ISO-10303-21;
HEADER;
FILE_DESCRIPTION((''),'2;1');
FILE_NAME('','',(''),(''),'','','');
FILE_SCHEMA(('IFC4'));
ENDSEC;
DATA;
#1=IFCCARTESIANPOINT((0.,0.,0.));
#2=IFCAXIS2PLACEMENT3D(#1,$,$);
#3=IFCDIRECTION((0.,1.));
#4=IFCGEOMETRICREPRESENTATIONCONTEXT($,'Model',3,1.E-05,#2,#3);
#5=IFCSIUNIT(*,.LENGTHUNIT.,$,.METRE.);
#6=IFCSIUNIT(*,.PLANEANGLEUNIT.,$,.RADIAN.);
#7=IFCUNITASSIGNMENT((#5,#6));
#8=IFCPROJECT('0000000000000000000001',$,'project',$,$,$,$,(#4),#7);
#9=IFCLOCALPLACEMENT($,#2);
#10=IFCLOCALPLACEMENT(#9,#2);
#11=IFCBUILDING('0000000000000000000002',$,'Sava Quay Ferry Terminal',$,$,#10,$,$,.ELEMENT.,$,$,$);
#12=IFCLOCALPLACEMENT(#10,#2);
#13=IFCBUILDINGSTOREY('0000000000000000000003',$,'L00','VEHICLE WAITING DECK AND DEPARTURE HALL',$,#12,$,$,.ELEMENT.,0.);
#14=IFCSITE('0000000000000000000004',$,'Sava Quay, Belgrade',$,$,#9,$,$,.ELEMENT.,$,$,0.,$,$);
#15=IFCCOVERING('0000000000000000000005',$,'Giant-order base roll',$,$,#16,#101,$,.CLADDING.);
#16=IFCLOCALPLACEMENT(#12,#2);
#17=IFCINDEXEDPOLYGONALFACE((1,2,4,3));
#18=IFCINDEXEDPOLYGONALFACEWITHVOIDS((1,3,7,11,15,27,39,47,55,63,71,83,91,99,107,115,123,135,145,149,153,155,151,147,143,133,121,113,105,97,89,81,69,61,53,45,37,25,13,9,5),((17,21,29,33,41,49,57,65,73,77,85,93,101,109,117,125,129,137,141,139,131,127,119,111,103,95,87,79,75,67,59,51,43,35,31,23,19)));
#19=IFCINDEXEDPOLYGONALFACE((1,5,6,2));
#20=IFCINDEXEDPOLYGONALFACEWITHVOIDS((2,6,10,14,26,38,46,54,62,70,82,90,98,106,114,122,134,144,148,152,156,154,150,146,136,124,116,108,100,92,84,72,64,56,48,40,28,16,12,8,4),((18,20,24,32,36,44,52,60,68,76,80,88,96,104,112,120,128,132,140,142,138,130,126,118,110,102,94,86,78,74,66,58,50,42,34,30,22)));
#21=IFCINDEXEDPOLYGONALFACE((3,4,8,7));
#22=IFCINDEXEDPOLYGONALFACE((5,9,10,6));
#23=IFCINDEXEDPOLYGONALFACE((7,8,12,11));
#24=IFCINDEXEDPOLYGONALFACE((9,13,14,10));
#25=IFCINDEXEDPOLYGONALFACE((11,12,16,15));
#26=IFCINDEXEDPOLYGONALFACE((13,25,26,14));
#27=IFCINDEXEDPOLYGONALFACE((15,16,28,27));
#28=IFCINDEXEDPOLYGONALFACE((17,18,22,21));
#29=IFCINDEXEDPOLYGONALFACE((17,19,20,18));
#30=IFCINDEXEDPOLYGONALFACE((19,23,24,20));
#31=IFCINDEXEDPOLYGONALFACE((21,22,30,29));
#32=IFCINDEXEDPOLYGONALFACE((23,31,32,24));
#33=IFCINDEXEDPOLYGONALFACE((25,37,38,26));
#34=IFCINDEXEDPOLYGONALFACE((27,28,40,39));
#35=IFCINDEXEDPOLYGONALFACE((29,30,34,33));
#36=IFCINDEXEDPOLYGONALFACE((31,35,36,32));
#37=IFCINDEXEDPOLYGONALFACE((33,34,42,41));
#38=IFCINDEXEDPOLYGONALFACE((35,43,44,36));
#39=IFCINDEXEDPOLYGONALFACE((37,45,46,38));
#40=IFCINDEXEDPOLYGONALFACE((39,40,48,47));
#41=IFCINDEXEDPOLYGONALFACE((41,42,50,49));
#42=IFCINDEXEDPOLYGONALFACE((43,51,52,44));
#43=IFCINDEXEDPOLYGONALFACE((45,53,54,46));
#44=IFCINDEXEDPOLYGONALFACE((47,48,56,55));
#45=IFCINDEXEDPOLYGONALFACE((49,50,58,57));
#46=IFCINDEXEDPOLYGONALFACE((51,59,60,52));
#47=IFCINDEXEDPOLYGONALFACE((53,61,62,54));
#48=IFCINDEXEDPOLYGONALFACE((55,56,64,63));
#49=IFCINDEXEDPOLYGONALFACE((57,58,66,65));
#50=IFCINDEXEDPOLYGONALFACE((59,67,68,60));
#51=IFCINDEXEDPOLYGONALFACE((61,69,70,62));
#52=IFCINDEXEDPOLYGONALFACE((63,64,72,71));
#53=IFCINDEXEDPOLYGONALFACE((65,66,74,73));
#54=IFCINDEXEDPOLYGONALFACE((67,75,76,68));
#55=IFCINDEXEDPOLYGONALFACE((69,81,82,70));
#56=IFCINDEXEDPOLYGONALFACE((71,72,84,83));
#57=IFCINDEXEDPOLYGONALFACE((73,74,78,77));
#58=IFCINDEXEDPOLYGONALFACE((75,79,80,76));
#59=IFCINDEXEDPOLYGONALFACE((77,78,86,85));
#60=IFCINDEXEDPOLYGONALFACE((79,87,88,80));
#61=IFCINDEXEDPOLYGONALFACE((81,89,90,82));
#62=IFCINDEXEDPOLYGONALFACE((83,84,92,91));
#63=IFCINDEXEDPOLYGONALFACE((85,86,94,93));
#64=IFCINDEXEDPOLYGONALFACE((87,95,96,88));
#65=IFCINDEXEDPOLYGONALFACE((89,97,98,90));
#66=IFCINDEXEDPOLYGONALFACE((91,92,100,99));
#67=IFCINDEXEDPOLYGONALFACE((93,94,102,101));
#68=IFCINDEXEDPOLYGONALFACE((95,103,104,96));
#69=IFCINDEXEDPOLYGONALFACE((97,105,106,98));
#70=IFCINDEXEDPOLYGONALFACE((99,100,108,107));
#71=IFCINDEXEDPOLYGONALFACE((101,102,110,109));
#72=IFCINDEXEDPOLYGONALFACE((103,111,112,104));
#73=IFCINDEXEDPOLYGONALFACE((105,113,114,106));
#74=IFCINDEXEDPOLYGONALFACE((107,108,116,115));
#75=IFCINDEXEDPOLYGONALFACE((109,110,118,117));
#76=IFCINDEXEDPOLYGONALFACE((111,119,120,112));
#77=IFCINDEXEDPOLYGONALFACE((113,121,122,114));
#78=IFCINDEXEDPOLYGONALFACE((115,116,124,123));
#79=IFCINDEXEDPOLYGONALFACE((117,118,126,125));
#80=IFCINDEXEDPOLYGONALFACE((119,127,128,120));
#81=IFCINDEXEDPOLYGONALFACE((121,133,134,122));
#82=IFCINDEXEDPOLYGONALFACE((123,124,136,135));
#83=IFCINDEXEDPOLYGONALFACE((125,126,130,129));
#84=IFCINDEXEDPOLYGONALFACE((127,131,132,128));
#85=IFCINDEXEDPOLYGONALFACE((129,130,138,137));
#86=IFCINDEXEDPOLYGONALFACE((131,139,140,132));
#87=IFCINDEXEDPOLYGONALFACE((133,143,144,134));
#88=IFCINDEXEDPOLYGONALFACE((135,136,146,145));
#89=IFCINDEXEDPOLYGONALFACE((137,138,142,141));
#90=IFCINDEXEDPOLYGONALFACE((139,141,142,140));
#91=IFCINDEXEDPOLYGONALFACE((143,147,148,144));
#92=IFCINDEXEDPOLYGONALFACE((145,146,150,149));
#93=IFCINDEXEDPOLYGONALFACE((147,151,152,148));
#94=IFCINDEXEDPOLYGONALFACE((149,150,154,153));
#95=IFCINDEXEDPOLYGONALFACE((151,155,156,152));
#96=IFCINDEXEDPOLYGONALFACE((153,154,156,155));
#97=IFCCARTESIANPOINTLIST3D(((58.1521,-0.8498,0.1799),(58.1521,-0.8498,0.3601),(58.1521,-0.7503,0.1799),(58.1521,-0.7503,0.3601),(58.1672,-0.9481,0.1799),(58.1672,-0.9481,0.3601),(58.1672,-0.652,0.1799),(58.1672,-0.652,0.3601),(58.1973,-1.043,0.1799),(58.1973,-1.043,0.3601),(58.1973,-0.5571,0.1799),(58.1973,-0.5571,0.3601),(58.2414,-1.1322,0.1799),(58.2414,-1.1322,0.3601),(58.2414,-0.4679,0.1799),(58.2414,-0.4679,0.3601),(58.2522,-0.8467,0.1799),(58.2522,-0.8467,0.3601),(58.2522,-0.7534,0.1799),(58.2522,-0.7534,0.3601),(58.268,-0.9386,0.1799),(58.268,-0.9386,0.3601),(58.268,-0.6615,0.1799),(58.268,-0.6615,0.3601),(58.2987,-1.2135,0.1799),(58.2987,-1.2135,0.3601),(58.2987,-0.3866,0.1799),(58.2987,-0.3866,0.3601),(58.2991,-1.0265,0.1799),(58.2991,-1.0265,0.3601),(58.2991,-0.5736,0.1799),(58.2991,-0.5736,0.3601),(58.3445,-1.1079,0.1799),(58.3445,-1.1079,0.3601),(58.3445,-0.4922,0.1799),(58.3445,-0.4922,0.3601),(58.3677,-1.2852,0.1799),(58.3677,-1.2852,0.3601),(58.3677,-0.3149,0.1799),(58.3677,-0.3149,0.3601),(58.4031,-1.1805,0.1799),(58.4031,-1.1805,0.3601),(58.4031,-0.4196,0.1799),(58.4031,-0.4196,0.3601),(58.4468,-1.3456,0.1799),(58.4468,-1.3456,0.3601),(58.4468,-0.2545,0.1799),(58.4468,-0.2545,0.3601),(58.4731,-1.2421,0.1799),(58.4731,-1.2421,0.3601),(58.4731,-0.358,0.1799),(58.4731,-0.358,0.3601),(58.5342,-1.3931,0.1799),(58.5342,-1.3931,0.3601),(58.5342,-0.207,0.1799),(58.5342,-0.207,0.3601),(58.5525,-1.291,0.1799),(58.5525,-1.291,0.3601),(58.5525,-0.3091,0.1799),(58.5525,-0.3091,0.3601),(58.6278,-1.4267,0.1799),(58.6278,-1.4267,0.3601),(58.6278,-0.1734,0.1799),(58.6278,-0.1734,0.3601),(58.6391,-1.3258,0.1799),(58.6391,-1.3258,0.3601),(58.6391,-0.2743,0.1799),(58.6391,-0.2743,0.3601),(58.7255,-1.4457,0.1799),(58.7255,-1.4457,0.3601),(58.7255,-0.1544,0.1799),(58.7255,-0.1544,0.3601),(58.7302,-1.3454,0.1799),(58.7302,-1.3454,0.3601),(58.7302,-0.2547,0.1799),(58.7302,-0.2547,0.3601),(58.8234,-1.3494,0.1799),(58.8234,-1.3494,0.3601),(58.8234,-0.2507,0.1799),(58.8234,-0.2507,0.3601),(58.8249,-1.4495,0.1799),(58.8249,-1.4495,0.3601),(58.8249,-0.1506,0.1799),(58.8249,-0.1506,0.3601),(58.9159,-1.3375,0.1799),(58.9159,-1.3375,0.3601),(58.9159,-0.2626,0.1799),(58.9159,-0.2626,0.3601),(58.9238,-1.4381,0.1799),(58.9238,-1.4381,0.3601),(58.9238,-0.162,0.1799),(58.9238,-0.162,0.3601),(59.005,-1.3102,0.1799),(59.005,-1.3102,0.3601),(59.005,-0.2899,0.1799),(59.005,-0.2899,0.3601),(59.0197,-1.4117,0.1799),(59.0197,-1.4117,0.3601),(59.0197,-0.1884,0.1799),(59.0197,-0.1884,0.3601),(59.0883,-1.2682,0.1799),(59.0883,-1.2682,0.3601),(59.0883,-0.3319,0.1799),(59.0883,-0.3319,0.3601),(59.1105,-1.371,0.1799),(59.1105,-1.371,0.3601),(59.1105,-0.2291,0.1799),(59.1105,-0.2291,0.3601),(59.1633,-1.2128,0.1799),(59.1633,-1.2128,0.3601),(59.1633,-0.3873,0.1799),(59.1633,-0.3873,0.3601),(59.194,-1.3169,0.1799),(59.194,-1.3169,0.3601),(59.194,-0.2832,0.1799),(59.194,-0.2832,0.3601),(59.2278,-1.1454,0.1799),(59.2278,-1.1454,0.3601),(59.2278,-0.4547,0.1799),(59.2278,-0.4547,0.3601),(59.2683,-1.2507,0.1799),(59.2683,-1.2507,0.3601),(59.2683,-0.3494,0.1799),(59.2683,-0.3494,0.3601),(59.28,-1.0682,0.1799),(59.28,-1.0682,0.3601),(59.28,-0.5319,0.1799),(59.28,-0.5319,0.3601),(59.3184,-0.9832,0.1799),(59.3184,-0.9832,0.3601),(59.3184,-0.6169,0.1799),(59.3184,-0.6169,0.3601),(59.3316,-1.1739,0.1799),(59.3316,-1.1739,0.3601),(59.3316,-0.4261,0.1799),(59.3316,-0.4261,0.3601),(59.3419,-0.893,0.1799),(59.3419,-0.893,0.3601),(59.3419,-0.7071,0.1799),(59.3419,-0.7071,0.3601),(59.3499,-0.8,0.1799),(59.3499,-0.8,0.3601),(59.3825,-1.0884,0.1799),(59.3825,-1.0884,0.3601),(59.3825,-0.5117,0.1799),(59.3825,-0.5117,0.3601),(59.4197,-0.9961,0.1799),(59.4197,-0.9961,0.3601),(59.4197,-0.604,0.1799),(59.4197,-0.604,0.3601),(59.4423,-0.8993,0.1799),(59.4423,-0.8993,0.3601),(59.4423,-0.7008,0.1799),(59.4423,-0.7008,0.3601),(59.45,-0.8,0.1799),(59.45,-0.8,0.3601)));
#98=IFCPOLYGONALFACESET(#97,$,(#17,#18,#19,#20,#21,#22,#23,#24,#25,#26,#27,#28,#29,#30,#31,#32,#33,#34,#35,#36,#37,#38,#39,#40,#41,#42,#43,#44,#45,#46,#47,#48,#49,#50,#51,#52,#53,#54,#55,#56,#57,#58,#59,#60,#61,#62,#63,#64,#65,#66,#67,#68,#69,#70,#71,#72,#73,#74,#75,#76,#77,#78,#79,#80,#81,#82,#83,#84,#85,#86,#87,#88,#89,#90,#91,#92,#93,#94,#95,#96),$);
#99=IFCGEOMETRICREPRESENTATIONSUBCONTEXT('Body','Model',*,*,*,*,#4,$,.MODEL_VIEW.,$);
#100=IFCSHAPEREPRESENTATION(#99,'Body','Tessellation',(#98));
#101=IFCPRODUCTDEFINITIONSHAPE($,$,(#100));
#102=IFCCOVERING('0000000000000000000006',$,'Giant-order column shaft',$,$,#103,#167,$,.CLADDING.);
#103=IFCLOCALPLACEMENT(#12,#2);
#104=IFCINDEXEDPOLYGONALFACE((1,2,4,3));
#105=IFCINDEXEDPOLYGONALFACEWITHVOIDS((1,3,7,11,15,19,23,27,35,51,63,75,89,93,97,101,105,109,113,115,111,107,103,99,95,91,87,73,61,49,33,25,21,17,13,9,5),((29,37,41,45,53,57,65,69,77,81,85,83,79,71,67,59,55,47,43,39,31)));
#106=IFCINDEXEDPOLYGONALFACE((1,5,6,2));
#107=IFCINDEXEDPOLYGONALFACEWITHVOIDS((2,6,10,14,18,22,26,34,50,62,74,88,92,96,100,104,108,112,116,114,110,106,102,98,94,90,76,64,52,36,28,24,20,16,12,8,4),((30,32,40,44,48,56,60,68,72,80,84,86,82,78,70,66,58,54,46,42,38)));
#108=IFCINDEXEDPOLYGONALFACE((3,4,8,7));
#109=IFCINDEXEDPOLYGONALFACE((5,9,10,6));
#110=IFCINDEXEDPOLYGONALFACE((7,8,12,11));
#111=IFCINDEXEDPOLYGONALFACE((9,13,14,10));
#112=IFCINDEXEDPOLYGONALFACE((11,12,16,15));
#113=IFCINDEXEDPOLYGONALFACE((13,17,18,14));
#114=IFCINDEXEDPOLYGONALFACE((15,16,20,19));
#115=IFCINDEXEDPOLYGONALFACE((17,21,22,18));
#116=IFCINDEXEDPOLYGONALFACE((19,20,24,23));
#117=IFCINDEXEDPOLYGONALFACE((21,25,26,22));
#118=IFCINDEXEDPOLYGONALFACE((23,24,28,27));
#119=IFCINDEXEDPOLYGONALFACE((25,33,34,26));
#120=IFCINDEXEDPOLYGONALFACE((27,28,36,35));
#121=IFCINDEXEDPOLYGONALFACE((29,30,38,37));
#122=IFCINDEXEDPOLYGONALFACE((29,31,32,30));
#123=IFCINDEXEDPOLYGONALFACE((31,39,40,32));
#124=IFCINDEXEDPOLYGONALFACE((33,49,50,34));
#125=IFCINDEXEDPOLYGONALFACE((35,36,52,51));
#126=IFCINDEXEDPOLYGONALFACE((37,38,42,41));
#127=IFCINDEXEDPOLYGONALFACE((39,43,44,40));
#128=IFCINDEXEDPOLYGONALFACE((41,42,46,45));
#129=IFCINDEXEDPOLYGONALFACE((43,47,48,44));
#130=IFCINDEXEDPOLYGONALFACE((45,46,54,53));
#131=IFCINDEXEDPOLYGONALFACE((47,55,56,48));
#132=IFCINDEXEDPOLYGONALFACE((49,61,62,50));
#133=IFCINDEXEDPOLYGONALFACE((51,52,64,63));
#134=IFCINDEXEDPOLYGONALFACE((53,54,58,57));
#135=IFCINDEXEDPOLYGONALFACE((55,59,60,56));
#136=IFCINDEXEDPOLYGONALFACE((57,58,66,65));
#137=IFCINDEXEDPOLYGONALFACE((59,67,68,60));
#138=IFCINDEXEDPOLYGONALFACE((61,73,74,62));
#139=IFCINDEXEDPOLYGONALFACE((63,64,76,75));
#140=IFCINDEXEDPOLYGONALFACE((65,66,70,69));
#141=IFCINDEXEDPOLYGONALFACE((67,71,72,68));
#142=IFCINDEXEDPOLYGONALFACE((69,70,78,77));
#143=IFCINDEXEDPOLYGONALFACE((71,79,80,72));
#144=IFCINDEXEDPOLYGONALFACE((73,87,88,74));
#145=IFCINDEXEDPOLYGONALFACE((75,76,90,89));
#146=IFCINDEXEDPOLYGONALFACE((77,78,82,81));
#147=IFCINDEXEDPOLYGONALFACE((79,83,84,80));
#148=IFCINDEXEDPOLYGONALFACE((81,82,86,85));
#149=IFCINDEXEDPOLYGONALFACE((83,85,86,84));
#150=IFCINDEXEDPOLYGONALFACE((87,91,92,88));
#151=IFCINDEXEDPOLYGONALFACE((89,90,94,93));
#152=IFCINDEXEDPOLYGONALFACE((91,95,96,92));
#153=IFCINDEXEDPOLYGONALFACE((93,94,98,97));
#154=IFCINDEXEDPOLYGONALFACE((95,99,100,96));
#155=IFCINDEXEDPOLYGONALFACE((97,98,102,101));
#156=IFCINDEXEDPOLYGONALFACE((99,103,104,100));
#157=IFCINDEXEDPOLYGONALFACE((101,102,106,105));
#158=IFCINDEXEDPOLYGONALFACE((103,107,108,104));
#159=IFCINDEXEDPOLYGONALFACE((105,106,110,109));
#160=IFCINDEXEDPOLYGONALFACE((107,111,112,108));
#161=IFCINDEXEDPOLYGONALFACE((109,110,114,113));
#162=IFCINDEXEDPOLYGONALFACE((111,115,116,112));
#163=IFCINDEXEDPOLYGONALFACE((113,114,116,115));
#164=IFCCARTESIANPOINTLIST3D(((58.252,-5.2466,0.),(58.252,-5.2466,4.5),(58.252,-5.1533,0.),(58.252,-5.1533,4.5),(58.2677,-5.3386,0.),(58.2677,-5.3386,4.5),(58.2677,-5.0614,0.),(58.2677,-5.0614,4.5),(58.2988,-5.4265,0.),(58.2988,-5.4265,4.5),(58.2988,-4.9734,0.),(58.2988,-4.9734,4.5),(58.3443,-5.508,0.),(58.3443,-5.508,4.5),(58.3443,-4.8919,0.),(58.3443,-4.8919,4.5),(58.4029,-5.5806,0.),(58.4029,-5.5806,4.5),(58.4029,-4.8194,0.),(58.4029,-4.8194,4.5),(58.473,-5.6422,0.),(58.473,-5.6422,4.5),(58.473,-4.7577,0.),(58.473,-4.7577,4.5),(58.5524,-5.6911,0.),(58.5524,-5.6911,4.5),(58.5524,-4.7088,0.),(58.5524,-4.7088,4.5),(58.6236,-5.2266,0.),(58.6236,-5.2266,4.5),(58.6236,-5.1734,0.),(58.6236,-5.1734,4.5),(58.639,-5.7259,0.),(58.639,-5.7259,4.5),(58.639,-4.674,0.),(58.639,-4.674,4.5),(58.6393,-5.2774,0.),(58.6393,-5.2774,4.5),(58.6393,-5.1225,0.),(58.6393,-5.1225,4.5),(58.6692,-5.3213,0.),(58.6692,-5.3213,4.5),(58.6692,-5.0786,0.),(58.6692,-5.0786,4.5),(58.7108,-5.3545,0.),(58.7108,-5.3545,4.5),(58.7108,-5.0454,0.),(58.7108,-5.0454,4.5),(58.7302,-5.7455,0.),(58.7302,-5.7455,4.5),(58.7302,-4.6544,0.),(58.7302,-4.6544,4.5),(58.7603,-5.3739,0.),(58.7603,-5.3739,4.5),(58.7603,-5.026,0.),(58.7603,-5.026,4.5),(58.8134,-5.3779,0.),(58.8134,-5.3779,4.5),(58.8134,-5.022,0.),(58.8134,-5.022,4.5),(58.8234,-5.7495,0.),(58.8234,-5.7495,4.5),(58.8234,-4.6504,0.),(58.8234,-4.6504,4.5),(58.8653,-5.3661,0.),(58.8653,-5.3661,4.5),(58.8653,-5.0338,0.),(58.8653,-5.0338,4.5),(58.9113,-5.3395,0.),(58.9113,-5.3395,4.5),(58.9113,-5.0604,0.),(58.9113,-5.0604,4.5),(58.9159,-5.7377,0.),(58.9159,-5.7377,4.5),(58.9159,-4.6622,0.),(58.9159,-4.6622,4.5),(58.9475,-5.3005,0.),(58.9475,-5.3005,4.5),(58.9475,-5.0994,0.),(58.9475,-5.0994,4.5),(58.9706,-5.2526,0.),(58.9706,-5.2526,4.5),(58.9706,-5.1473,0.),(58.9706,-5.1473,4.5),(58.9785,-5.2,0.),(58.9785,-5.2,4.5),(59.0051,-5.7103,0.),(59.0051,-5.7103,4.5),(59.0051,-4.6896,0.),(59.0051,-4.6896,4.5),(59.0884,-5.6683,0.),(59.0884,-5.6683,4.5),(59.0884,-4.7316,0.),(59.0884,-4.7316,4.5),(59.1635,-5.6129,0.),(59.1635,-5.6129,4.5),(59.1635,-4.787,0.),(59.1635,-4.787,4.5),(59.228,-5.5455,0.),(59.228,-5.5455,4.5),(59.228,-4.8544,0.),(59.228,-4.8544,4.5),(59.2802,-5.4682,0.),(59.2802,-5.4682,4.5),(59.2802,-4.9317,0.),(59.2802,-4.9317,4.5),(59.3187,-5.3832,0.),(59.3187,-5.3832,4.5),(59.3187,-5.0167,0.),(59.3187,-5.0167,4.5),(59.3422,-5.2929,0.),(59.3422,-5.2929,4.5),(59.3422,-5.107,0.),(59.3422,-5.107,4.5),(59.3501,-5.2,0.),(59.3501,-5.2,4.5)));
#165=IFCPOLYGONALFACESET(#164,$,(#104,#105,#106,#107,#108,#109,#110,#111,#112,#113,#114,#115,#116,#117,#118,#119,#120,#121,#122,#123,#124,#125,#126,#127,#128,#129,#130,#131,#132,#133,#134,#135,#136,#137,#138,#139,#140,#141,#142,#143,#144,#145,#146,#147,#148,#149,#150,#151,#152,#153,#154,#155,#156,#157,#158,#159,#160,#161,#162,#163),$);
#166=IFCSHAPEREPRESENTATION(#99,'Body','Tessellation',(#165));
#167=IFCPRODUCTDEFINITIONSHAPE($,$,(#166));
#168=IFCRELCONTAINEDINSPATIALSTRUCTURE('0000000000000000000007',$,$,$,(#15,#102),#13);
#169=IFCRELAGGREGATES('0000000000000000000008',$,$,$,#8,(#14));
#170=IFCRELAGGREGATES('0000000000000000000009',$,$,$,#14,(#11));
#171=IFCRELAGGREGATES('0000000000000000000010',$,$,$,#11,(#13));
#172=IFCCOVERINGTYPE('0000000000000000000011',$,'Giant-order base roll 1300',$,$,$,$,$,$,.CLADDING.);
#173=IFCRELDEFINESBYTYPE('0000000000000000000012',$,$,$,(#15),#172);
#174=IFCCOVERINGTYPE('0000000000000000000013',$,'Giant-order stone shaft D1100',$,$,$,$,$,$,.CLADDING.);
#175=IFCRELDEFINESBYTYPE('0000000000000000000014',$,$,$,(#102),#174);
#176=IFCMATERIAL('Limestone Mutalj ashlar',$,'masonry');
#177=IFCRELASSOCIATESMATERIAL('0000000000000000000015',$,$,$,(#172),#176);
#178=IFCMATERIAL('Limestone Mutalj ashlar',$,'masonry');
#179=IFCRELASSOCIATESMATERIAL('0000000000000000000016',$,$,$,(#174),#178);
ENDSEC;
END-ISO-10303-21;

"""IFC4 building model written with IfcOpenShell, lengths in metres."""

from ifc_helpers import new_model, si_unit, direction, frame, origin, origin_2d, place, context, subcontext, project, spatial, hollow_circle, extrude, material, material_profile, profile_set, type_object, element, save


model = new_model("IFC4")

# Units and contexts
model_context = context("Model", 3, precision=1e-05, world=origin(), true_north=direction((0.0, 1.0)))
body_context = subcontext(model_context, "Body", "Model", "MODEL_VIEW")
ifc_project = project(units=[si_unit("LENGTHUNIT", "METRE"), si_unit("PLANEANGLEUNIT", "RADIAN")], contexts=[model_context])

# Site, building, storey
site_placement = place(None, origin())
site = spatial("IfcSite", under=ifc_project, at=site_placement, Name="Sava Quay, Belgrade", CompositionType="ELEMENT", RefElevation=0.0)
building_placement = place(site_placement, origin())
building = spatial("IfcBuilding", under=site, at=building_placement, Name="Sava Quay Ferry Terminal", CompositionType="ELEMENT")
storey_placement = place(building_placement, origin())
storey = spatial("IfcBuildingStorey", under=building, at=storey_placement, Name="L00", Description="VEHICLE WAITING DECK AND DEPARTURE HALL", CompositionType="ELEMENT", Elevation=0.0)

# Coverings
ifc_material_1 = material(Name="Limestone Mutalj ashlar", Category="masonry")
ifc_material_profile_1 = material_profile(ifc_material_1, hollow_circle(Radius=0.6499, WallThickness=0.1001, at=origin_2d()), Name="Base roll 1300")
ifc_profile_set_1 = profile_set([ifc_material_profile_1], Name="Limestone Mutalj ashlar")
covering_type_1 = type_object("IfcCoveringType", Name="Giant-order base roll 1300", PredefinedType="CLADDING", material=ifc_profile_set_1)
for number, where, z_axis, x_axis, name in (
    (1, (58.8, -0.8, 0.1799), (0.0, 0.0, 1.0), (1.0, 0.0, 0.0), "Giant-order base roll"),
):
    element("IfcCovering", number, at=place(storey_placement, frame(where, z_axis=z_axis, x_axis=x_axis)), inside=storey, type_object=covering_type_1, Name=name, PredefinedType="CLADDING", context=body_context, shape_type="SweptSolid", body=[
        extrude(hollow_circle(Radius=0.6499, WallThickness=0.1001, at=origin_2d()), origin(), (0.0, 0.0, 1.0), 0.1802),
    ])
ifc_material_2 = material(Name="Limestone Mutalj ashlar", Category="masonry")
ifc_material_profile_2 = material_profile(ifc_material_2, hollow_circle(Radius=0.55, WallThickness=0.3716, at=origin_2d()), Name="Stone shaft D1100")
ifc_profile_set_2 = profile_set([ifc_material_profile_2], Name="Limestone Mutalj ashlar")
covering_type_2 = type_object("IfcCoveringType", Name="Giant-order stone shaft D1100", PredefinedType="CLADDING", material=ifc_profile_set_2)
covering_1_placement = place(storey_placement, frame((58.8, -5.2, 0.0), z_axis=(0.0, 0.0, 1.0), x_axis=(1.0, 0.0, 0.0)))
element("IfcCovering", 2, at=covering_1_placement, inside=storey, type_object=covering_type_2, Name="Giant-order column shaft", PredefinedType="CLADDING", context=body_context, shape_type="SweptSolid", body=[
    extrude(hollow_circle(Radius=0.55, WallThickness=0.3716, at=origin_2d()), origin(), (0.0, 0.0, 1.0), 4.5),
])

save(model, "model.ifc")
